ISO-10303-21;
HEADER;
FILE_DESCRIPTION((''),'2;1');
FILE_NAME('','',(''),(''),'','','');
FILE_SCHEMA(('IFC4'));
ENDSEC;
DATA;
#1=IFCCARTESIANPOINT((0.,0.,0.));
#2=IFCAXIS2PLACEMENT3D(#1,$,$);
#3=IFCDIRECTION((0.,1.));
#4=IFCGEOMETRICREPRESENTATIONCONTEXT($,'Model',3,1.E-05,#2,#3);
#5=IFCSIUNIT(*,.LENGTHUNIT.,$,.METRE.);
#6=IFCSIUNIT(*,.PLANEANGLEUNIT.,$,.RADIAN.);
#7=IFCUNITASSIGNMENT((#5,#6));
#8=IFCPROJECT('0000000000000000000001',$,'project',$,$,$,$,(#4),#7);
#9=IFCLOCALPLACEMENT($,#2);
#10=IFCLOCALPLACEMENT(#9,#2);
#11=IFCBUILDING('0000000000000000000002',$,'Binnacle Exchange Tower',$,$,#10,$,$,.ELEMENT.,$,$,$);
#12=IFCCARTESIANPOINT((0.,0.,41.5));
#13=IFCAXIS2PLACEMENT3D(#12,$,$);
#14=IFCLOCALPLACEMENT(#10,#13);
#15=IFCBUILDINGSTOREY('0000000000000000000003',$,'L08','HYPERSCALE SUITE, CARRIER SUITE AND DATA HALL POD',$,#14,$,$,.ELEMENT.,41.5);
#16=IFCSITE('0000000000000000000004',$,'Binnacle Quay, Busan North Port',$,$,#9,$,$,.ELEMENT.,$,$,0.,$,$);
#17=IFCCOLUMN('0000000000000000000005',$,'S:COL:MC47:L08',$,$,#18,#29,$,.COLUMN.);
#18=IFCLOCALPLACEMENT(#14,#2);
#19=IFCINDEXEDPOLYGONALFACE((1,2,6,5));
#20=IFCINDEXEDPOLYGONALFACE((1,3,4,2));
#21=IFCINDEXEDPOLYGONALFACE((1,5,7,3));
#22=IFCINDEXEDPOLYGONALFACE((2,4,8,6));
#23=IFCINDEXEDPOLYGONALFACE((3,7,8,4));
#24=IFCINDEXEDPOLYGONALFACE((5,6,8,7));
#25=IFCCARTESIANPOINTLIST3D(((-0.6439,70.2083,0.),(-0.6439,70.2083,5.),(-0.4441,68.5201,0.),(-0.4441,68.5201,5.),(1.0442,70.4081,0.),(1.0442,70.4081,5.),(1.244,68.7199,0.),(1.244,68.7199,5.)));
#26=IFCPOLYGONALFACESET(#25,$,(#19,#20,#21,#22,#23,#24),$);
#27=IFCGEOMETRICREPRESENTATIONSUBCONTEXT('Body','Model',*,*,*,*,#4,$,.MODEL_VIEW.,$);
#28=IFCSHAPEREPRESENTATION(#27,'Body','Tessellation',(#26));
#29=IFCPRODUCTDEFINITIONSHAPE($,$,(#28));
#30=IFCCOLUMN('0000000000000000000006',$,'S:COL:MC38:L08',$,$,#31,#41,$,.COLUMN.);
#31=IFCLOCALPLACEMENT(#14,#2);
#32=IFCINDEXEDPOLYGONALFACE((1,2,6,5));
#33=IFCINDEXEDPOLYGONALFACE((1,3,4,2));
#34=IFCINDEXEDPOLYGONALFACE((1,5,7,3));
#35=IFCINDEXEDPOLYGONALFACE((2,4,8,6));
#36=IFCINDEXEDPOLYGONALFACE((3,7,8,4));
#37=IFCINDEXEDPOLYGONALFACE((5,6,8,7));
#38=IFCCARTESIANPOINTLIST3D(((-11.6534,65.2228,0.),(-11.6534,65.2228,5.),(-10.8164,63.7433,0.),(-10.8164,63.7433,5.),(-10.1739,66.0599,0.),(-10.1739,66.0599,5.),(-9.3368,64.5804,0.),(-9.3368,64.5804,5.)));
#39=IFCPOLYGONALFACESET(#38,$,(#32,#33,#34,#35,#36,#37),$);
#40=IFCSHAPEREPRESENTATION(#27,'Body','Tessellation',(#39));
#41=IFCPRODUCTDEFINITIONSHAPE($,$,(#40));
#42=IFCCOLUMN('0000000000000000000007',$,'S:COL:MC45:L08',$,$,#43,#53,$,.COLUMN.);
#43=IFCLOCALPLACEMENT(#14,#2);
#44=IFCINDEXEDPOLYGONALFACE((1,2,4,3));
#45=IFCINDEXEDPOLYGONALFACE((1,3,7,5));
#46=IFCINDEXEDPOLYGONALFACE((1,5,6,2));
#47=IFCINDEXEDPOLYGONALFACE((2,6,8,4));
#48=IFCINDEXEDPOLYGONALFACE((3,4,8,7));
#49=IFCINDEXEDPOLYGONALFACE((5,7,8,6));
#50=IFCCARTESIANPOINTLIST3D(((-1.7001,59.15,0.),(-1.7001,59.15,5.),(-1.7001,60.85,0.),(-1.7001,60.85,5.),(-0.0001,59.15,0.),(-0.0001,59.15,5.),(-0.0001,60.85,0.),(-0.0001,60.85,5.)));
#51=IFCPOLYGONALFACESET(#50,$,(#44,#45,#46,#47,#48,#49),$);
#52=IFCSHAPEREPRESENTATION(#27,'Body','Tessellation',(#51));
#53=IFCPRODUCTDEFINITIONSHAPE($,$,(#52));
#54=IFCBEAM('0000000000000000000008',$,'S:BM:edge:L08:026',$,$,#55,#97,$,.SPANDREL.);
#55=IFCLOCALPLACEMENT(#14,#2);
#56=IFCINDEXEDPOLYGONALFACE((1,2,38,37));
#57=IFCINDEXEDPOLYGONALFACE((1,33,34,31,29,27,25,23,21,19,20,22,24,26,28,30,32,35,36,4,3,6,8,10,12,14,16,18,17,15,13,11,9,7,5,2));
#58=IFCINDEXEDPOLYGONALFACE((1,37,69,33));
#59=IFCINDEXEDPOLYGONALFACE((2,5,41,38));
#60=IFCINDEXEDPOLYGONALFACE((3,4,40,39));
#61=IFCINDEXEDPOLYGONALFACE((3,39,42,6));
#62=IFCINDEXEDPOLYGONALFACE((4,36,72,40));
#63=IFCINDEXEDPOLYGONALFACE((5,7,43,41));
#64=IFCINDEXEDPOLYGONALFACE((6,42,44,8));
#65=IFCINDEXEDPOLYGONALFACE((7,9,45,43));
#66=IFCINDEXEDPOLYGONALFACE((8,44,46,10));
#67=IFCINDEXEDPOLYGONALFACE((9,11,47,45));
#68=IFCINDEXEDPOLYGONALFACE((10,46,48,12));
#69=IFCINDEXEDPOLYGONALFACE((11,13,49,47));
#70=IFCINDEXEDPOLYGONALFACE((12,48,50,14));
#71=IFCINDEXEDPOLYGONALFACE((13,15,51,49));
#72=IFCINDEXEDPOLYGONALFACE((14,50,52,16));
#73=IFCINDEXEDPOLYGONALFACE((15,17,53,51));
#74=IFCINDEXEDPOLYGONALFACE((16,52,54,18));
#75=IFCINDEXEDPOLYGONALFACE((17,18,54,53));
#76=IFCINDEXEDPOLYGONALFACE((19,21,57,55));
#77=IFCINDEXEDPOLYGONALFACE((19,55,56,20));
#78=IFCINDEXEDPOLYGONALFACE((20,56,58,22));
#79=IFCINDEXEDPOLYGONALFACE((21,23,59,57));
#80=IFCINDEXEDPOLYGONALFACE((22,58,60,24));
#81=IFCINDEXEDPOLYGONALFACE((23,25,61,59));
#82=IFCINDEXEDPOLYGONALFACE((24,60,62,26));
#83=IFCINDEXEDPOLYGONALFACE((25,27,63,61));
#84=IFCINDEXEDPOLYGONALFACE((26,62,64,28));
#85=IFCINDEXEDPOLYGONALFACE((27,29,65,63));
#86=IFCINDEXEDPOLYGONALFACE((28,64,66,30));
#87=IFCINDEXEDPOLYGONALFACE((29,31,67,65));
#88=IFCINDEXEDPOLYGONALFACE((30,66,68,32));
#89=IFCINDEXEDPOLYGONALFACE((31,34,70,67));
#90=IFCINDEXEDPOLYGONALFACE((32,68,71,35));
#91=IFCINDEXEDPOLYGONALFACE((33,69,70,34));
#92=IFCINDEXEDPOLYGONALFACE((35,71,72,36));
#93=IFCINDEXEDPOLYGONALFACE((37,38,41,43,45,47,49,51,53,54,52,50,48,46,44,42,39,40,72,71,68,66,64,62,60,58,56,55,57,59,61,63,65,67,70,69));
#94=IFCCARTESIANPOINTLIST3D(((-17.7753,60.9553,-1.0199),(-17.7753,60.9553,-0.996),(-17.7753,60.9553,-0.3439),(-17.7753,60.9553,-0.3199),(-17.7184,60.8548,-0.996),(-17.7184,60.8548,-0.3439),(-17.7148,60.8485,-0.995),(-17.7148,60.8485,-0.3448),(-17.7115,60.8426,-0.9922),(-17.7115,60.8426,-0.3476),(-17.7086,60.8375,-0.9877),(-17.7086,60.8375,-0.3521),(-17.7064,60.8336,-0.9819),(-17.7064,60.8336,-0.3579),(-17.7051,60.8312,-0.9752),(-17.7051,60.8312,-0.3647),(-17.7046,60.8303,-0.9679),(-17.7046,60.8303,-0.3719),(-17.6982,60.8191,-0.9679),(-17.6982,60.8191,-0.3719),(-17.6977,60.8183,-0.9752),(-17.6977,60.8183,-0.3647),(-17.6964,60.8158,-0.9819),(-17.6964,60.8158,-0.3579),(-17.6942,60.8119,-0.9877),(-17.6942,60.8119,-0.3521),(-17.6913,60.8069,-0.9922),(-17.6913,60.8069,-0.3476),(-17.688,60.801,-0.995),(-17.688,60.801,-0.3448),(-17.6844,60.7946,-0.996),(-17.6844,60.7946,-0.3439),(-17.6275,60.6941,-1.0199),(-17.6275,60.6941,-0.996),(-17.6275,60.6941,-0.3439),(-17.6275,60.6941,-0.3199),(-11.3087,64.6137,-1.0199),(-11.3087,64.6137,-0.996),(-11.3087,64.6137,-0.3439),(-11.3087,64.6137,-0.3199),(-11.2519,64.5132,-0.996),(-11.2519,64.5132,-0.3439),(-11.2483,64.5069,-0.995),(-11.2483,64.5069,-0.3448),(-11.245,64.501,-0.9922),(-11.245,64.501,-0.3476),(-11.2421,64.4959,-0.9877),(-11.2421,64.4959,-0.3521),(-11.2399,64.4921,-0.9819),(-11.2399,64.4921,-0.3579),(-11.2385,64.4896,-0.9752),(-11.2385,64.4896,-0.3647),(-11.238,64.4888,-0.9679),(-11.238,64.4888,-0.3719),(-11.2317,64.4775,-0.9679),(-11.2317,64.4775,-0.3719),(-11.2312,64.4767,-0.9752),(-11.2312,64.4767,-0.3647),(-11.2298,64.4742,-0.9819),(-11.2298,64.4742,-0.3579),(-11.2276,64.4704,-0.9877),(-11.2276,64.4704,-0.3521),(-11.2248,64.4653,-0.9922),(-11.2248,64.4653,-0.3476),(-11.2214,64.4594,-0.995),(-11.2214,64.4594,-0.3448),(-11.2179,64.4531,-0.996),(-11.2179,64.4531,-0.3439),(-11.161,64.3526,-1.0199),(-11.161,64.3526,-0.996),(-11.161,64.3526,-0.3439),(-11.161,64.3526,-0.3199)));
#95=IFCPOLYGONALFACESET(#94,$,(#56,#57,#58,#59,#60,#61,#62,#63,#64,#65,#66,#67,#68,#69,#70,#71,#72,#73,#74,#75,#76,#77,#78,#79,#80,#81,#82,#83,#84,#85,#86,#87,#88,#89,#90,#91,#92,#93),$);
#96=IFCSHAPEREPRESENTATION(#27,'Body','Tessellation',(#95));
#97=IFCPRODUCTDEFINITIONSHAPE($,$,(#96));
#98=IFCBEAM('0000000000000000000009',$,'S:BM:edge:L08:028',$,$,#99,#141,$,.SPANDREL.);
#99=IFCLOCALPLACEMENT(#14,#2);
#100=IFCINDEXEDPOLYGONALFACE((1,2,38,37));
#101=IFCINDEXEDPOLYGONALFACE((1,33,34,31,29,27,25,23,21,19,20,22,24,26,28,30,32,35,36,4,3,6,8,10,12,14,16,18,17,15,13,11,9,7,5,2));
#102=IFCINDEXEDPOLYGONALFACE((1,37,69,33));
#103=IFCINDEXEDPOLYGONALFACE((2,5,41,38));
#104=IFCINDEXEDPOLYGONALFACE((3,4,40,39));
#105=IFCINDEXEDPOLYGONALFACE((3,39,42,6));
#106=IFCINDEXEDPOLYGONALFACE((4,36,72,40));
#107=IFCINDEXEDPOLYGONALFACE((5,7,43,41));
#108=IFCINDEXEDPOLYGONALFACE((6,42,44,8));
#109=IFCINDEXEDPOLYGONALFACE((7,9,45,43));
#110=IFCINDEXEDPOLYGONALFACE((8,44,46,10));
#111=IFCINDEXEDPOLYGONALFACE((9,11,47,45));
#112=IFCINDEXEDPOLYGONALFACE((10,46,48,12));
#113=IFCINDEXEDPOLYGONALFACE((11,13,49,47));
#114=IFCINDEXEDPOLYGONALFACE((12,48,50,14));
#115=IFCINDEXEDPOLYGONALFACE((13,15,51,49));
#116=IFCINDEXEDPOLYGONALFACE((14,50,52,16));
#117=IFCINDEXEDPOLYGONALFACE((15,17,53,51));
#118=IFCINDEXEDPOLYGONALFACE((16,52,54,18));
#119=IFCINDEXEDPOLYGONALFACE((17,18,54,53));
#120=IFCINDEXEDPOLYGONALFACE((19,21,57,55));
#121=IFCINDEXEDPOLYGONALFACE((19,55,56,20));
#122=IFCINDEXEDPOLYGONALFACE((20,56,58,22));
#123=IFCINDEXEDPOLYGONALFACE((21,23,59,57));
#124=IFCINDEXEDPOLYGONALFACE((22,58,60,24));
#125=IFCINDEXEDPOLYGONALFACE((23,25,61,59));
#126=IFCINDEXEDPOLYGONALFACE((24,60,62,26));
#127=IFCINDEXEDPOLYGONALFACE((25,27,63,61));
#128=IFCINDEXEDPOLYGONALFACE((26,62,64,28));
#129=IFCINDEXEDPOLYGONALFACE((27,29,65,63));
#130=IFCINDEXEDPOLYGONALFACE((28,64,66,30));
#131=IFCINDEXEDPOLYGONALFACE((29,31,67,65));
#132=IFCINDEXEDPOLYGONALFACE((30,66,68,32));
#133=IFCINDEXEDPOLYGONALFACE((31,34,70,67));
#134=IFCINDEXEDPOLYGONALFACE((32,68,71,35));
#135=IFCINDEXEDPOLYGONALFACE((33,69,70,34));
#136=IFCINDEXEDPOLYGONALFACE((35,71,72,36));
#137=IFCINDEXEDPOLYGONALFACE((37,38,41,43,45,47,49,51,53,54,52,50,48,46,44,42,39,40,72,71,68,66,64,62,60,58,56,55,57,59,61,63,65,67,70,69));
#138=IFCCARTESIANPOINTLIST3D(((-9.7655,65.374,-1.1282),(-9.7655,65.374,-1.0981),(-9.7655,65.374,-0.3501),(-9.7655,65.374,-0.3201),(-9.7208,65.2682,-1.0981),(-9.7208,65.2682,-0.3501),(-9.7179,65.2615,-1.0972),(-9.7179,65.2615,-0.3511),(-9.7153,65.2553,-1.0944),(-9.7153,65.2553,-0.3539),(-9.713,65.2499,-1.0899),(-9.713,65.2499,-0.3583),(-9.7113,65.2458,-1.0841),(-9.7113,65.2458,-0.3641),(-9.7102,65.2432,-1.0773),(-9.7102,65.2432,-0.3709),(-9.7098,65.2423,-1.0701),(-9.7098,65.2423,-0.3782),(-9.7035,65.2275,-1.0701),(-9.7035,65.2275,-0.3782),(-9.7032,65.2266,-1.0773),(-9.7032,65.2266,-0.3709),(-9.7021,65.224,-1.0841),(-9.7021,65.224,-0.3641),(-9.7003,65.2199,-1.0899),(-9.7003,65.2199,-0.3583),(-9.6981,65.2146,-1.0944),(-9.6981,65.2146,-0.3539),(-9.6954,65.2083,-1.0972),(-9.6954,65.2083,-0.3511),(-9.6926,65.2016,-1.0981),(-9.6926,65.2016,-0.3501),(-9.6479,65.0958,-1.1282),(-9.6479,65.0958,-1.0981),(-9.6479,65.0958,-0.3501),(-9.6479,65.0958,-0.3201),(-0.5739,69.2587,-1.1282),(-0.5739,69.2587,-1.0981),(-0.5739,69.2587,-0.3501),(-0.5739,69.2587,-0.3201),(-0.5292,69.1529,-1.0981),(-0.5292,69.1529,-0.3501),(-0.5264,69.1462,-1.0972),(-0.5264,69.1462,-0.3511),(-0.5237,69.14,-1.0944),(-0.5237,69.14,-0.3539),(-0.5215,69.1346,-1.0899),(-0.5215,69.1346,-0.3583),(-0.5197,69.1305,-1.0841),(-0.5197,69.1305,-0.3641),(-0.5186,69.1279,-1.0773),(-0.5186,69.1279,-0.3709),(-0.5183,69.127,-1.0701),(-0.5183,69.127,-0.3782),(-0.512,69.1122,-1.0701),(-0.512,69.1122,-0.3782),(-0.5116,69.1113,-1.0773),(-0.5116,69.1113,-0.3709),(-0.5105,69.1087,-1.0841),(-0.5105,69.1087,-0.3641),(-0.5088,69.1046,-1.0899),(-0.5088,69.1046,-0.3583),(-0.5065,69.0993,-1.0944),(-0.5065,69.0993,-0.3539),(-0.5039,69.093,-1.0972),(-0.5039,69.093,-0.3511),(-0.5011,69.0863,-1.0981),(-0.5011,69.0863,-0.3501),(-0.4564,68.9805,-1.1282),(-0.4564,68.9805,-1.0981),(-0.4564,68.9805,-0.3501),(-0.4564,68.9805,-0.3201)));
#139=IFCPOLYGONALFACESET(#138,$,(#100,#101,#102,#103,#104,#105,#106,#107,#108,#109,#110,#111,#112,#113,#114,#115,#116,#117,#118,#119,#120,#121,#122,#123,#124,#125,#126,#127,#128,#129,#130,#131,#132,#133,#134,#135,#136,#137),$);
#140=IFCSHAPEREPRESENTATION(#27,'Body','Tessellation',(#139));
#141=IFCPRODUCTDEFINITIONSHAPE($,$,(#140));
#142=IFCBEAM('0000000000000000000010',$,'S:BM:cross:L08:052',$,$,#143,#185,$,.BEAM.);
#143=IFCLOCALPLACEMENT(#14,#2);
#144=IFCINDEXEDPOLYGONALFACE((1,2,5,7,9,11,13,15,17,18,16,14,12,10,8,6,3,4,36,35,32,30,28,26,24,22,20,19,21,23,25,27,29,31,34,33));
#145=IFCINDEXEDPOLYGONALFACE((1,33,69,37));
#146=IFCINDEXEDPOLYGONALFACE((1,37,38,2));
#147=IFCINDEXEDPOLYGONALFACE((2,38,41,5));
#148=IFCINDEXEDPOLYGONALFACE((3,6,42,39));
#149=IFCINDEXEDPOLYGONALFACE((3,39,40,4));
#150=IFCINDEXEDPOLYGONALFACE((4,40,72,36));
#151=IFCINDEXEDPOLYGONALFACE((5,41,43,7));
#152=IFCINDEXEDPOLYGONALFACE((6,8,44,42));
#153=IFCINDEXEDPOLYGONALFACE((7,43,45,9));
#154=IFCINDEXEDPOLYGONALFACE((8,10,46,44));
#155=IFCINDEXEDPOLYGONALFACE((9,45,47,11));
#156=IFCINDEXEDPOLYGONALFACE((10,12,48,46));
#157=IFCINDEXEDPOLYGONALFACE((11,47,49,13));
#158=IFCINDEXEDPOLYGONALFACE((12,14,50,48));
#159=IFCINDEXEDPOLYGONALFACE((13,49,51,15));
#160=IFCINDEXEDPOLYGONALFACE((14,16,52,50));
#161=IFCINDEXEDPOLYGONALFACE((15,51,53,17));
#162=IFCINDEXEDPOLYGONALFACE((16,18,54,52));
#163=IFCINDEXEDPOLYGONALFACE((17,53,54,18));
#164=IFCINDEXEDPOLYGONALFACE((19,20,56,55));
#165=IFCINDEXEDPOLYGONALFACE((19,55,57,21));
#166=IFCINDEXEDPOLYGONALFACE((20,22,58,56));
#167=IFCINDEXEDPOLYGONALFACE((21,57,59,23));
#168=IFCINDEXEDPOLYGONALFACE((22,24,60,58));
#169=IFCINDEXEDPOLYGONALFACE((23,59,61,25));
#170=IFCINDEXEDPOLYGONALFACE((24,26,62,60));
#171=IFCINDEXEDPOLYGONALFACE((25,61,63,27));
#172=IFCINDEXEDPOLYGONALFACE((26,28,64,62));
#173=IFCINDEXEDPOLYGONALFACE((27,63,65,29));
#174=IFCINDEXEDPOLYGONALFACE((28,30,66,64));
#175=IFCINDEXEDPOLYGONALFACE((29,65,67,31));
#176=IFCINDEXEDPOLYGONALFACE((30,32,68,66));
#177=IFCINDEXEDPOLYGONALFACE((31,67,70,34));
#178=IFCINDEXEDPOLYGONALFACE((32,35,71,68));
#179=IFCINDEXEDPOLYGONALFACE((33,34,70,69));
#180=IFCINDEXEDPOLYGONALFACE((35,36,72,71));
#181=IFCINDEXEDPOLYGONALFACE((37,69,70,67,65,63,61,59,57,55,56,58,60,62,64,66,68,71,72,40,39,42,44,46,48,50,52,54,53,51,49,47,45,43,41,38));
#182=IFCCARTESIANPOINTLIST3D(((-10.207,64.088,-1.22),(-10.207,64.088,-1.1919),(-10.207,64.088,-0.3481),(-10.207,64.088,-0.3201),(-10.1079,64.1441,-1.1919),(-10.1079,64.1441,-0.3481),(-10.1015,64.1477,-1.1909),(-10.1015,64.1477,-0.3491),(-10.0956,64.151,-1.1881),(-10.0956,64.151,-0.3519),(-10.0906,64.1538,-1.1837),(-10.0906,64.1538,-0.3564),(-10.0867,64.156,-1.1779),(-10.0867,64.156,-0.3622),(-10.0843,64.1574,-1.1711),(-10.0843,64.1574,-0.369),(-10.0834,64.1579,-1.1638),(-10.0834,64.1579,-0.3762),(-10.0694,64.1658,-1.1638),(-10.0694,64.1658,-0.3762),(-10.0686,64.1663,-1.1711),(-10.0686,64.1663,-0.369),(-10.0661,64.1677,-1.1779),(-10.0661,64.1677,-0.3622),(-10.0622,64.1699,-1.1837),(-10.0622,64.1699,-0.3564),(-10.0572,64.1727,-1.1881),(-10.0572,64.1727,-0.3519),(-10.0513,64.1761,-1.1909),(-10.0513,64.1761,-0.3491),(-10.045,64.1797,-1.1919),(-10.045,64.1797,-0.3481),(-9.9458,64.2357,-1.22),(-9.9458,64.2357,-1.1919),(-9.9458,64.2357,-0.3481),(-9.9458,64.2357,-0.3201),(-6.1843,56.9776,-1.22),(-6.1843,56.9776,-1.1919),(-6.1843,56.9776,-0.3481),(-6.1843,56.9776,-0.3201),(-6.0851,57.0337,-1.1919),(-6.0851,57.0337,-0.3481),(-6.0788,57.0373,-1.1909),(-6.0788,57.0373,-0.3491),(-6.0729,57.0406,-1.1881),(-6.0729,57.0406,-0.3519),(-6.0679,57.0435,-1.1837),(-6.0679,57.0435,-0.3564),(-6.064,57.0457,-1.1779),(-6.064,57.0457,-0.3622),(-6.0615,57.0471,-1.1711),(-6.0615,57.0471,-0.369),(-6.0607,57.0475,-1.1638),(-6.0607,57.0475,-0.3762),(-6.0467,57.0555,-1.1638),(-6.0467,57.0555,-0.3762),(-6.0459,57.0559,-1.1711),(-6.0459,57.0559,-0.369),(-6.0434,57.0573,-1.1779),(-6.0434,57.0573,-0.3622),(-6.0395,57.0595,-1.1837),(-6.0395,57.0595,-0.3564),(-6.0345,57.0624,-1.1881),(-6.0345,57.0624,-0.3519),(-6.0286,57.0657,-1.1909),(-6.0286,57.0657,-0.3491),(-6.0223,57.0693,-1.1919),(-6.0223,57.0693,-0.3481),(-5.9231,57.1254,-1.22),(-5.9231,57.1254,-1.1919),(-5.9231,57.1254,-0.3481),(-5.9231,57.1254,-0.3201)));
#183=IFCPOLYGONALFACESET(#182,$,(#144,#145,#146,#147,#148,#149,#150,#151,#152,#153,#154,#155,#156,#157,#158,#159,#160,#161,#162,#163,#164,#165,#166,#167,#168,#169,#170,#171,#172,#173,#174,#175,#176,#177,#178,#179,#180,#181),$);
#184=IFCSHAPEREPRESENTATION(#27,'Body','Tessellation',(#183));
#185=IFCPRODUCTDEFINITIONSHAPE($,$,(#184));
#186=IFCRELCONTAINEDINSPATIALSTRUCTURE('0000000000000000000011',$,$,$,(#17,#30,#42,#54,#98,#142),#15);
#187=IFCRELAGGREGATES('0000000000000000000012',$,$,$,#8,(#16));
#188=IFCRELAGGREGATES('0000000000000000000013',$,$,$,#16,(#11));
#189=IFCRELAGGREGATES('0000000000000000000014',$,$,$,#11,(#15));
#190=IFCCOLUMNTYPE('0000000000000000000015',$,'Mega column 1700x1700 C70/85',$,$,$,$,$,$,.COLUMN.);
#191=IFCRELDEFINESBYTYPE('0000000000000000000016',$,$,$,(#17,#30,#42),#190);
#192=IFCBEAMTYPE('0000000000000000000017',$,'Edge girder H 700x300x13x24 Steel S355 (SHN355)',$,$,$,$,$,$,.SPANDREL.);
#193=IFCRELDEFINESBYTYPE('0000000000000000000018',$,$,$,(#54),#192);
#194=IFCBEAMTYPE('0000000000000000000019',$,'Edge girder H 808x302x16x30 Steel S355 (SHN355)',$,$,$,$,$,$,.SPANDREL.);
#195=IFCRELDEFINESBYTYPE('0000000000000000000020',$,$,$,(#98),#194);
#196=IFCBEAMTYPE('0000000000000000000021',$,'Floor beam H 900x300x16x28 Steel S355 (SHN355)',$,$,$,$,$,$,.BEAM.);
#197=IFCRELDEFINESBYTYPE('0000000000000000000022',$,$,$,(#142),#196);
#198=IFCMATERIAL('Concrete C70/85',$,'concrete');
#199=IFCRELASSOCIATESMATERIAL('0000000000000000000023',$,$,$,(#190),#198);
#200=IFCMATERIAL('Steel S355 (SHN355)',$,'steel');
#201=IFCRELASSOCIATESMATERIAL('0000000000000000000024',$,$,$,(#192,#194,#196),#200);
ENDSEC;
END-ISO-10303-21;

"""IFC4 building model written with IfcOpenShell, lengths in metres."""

from ifc_helpers import new_model, si_unit, direction, frame, origin, origin_2d, place, context, subcontext, project, spatial, rectangle, i_section, extrude, material, material_profile, profile_set, type_object, element, save


model = new_model("IFC4")

# Units and contexts
model_context = context("Model", 3, precision=1e-05, world=origin(), true_north=direction((0.0, 1.0)))
body_context = subcontext(model_context, "Body", "Model", "MODEL_VIEW")
ifc_project = project(units=[si_unit("LENGTHUNIT", "METRE"), si_unit("PLANEANGLEUNIT", "RADIAN")], contexts=[model_context])

# Site, building, storey
site_placement = place(None, origin())
site = spatial("IfcSite", under=ifc_project, at=site_placement, Name="Binnacle Quay, Busan North Port", CompositionType="ELEMENT", RefElevation=0.0)
building_placement = place(site_placement, origin())
building = spatial("IfcBuilding", under=site, at=building_placement, Name="Binnacle Exchange Tower", CompositionType="ELEMENT")
storey_placement = place(building_placement, frame((0.0, 0.0, 41.5)))
storey = spatial("IfcBuildingStorey", under=building, at=storey_placement, Name="L08", Description="HYPERSCALE SUITE, CARRIER SUITE AND DATA HALL POD", CompositionType="ELEMENT", Elevation=41.5)

# Columns
ifc_material_1 = material(Name="Concrete C70/85", Category="concrete")
ifc_material_profile_1 = material_profile(ifc_material_1, rectangle(XDim=1.7, YDim=1.7, at=origin_2d()), Name="Mega column 1700x1700 C70/85")
ifc_profile_set_1 = profile_set([ifc_material_profile_1], Name="Concrete C70/85")
column_type = type_object("IfcColumnType", Name="Mega column 1700x1700 C70/85", PredefinedType="COLUMN", material=ifc_profile_set_1)
for number, where, z_axis, x_axis, name in (
    (1, (0.3, 69.4641, 0.0), (0.0, 0.0, 1.0), (-0.993068, -0.117537, 0.0), "S:COL:MC47:L08"),
    (2, (-10.4951, 64.9016, 0.0), (0.0, 0.0, 1.0), (-0.870356, -0.492424, 0.0), "S:COL:MC38:L08"),
    (3, (-0.8501, 60.0, 0.0), (0.0, 0.0, 1.0), (0.0, 1.0, 0.0), "S:COL:MC45:L08"),
):
    element("IfcColumn", number, at=place(storey_placement, frame(where, z_axis=z_axis, x_axis=x_axis)), inside=storey, type_object=column_type, Name=name, PredefinedType="COLUMN", context=body_context, shape_type="SweptSolid", body=[
        extrude(rectangle(XDim=1.7, YDim=1.7, at=origin_2d()), origin(), (0.0, 0.0, 1.0), 5.0),
    ])

# Beams
ifc_material_2 = material(Name="Steel S355 (SHN355)", Category="steel")
ifc_material_profile_2 = material_profile(ifc_material_2, i_section(OverallWidth=0.3, OverallDepth=0.7, WebThickness=0.0129, FlangeThickness=0.0239, FilletRadius=0.0281, at=origin_2d()), Name="H 700x300x13x24")
ifc_profile_set_2 = profile_set([ifc_material_profile_2], Name="Steel S355 (SHN355)")
beam_type_1 = type_object("IfcBeamType", Name="Edge girder H 700x300x13x24 Steel S355 (SHN355)", PredefinedType="SPANDREL", material=ifc_profile_set_2)
beam_1_placement = place(storey_placement, frame((-11.2349, 64.4832, -0.6699), z_axis=(-0.870364, -0.492408, 0.0), x_axis=(0.492408, -0.870364, 0.0)))
element("IfcBeam", 4, at=beam_1_placement, inside=storey, type_object=beam_type_1, Name="S:BM:edge:L08:026", PredefinedType="SPANDREL", context=body_context, shape_type="SweptSolid", body=[
    extrude(i_section(OverallWidth=0.3, OverallDepth=0.7, WebThickness=0.0129, FlangeThickness=0.0239, FilletRadius=0.0281, at=origin_2d()), origin(), (0.0, 0.0, 1.0), 7.4297),
])
ifc_material_profile_3 = material_profile(ifc_material_2, i_section(OverallWidth=0.302, OverallDepth=0.8081, WebThickness=0.0161, FlangeThickness=0.03, FilletRadius=0.0281, at=origin_2d()), Name="H 808x302x16x30")
ifc_profile_set_3 = profile_set([ifc_material_profile_3], Name="Steel S355 (SHN355)")
beam_type_2 = type_object("IfcBeamType", Name="Edge girder H 808x302x16x30 Steel S355 (SHN355)", PredefinedType="SPANDREL", material=ifc_profile_set_3)
beam_2_placement = place(storey_placement, frame((-0.5151, 69.1196, -0.7241), z_axis=(-0.921111, -0.389299, 0.0), x_axis=(0.389299, -0.921111, 0.0)))
element("IfcBeam", 5, at=beam_2_placement, inside=storey, type_object=beam_type_2, Name="S:BM:edge:L08:028", PredefinedType="SPANDREL", context=body_context, shape_type="SweptSolid", body=[
    extrude(i_section(OverallWidth=0.302, OverallDepth=0.8081, WebThickness=0.0161, FlangeThickness=0.03, FilletRadius=0.0281, at=origin_2d()), origin(), (0.0, 0.0, 1.0), 9.9788),
])
ifc_material_profile_4 = material_profile(ifc_material_2, i_section(OverallWidth=0.3, OverallDepth=0.8999, WebThickness=0.0161, FlangeThickness=0.0281, FilletRadius=0.0281, at=origin_2d()), Name="H 900x300x16x28")
ifc_profile_set_4 = profile_set([ifc_material_profile_4], Name="Steel S355 (SHN355)")
beam_type_3 = type_object("IfcBeamType", Name="Floor beam H 900x300x16x28 Steel S355 (SHN355)", PredefinedType="BEAM", material=ifc_profile_set_4)
beam_3_placement = place(storey_placement, frame((-10.0764, 64.1619, -0.77), z_axis=(0.492411, -0.870363, 0.0), x_axis=(0.870363, 0.492411, 0.0)))
element("IfcBeam", 6, at=beam_3_placement, inside=storey, type_object=beam_type_3, Name="S:BM:cross:L08:052", PredefinedType="BEAM", context=body_context, shape_type="SweptSolid", body=[
    extrude(i_section(OverallWidth=0.3, OverallDepth=0.8999, WebThickness=0.0161, FlangeThickness=0.0281, FilletRadius=0.0281, at=origin_2d()), origin(), (0.0, 0.0, 1.0), 8.1694),
])

save(model, "model.ifc")
